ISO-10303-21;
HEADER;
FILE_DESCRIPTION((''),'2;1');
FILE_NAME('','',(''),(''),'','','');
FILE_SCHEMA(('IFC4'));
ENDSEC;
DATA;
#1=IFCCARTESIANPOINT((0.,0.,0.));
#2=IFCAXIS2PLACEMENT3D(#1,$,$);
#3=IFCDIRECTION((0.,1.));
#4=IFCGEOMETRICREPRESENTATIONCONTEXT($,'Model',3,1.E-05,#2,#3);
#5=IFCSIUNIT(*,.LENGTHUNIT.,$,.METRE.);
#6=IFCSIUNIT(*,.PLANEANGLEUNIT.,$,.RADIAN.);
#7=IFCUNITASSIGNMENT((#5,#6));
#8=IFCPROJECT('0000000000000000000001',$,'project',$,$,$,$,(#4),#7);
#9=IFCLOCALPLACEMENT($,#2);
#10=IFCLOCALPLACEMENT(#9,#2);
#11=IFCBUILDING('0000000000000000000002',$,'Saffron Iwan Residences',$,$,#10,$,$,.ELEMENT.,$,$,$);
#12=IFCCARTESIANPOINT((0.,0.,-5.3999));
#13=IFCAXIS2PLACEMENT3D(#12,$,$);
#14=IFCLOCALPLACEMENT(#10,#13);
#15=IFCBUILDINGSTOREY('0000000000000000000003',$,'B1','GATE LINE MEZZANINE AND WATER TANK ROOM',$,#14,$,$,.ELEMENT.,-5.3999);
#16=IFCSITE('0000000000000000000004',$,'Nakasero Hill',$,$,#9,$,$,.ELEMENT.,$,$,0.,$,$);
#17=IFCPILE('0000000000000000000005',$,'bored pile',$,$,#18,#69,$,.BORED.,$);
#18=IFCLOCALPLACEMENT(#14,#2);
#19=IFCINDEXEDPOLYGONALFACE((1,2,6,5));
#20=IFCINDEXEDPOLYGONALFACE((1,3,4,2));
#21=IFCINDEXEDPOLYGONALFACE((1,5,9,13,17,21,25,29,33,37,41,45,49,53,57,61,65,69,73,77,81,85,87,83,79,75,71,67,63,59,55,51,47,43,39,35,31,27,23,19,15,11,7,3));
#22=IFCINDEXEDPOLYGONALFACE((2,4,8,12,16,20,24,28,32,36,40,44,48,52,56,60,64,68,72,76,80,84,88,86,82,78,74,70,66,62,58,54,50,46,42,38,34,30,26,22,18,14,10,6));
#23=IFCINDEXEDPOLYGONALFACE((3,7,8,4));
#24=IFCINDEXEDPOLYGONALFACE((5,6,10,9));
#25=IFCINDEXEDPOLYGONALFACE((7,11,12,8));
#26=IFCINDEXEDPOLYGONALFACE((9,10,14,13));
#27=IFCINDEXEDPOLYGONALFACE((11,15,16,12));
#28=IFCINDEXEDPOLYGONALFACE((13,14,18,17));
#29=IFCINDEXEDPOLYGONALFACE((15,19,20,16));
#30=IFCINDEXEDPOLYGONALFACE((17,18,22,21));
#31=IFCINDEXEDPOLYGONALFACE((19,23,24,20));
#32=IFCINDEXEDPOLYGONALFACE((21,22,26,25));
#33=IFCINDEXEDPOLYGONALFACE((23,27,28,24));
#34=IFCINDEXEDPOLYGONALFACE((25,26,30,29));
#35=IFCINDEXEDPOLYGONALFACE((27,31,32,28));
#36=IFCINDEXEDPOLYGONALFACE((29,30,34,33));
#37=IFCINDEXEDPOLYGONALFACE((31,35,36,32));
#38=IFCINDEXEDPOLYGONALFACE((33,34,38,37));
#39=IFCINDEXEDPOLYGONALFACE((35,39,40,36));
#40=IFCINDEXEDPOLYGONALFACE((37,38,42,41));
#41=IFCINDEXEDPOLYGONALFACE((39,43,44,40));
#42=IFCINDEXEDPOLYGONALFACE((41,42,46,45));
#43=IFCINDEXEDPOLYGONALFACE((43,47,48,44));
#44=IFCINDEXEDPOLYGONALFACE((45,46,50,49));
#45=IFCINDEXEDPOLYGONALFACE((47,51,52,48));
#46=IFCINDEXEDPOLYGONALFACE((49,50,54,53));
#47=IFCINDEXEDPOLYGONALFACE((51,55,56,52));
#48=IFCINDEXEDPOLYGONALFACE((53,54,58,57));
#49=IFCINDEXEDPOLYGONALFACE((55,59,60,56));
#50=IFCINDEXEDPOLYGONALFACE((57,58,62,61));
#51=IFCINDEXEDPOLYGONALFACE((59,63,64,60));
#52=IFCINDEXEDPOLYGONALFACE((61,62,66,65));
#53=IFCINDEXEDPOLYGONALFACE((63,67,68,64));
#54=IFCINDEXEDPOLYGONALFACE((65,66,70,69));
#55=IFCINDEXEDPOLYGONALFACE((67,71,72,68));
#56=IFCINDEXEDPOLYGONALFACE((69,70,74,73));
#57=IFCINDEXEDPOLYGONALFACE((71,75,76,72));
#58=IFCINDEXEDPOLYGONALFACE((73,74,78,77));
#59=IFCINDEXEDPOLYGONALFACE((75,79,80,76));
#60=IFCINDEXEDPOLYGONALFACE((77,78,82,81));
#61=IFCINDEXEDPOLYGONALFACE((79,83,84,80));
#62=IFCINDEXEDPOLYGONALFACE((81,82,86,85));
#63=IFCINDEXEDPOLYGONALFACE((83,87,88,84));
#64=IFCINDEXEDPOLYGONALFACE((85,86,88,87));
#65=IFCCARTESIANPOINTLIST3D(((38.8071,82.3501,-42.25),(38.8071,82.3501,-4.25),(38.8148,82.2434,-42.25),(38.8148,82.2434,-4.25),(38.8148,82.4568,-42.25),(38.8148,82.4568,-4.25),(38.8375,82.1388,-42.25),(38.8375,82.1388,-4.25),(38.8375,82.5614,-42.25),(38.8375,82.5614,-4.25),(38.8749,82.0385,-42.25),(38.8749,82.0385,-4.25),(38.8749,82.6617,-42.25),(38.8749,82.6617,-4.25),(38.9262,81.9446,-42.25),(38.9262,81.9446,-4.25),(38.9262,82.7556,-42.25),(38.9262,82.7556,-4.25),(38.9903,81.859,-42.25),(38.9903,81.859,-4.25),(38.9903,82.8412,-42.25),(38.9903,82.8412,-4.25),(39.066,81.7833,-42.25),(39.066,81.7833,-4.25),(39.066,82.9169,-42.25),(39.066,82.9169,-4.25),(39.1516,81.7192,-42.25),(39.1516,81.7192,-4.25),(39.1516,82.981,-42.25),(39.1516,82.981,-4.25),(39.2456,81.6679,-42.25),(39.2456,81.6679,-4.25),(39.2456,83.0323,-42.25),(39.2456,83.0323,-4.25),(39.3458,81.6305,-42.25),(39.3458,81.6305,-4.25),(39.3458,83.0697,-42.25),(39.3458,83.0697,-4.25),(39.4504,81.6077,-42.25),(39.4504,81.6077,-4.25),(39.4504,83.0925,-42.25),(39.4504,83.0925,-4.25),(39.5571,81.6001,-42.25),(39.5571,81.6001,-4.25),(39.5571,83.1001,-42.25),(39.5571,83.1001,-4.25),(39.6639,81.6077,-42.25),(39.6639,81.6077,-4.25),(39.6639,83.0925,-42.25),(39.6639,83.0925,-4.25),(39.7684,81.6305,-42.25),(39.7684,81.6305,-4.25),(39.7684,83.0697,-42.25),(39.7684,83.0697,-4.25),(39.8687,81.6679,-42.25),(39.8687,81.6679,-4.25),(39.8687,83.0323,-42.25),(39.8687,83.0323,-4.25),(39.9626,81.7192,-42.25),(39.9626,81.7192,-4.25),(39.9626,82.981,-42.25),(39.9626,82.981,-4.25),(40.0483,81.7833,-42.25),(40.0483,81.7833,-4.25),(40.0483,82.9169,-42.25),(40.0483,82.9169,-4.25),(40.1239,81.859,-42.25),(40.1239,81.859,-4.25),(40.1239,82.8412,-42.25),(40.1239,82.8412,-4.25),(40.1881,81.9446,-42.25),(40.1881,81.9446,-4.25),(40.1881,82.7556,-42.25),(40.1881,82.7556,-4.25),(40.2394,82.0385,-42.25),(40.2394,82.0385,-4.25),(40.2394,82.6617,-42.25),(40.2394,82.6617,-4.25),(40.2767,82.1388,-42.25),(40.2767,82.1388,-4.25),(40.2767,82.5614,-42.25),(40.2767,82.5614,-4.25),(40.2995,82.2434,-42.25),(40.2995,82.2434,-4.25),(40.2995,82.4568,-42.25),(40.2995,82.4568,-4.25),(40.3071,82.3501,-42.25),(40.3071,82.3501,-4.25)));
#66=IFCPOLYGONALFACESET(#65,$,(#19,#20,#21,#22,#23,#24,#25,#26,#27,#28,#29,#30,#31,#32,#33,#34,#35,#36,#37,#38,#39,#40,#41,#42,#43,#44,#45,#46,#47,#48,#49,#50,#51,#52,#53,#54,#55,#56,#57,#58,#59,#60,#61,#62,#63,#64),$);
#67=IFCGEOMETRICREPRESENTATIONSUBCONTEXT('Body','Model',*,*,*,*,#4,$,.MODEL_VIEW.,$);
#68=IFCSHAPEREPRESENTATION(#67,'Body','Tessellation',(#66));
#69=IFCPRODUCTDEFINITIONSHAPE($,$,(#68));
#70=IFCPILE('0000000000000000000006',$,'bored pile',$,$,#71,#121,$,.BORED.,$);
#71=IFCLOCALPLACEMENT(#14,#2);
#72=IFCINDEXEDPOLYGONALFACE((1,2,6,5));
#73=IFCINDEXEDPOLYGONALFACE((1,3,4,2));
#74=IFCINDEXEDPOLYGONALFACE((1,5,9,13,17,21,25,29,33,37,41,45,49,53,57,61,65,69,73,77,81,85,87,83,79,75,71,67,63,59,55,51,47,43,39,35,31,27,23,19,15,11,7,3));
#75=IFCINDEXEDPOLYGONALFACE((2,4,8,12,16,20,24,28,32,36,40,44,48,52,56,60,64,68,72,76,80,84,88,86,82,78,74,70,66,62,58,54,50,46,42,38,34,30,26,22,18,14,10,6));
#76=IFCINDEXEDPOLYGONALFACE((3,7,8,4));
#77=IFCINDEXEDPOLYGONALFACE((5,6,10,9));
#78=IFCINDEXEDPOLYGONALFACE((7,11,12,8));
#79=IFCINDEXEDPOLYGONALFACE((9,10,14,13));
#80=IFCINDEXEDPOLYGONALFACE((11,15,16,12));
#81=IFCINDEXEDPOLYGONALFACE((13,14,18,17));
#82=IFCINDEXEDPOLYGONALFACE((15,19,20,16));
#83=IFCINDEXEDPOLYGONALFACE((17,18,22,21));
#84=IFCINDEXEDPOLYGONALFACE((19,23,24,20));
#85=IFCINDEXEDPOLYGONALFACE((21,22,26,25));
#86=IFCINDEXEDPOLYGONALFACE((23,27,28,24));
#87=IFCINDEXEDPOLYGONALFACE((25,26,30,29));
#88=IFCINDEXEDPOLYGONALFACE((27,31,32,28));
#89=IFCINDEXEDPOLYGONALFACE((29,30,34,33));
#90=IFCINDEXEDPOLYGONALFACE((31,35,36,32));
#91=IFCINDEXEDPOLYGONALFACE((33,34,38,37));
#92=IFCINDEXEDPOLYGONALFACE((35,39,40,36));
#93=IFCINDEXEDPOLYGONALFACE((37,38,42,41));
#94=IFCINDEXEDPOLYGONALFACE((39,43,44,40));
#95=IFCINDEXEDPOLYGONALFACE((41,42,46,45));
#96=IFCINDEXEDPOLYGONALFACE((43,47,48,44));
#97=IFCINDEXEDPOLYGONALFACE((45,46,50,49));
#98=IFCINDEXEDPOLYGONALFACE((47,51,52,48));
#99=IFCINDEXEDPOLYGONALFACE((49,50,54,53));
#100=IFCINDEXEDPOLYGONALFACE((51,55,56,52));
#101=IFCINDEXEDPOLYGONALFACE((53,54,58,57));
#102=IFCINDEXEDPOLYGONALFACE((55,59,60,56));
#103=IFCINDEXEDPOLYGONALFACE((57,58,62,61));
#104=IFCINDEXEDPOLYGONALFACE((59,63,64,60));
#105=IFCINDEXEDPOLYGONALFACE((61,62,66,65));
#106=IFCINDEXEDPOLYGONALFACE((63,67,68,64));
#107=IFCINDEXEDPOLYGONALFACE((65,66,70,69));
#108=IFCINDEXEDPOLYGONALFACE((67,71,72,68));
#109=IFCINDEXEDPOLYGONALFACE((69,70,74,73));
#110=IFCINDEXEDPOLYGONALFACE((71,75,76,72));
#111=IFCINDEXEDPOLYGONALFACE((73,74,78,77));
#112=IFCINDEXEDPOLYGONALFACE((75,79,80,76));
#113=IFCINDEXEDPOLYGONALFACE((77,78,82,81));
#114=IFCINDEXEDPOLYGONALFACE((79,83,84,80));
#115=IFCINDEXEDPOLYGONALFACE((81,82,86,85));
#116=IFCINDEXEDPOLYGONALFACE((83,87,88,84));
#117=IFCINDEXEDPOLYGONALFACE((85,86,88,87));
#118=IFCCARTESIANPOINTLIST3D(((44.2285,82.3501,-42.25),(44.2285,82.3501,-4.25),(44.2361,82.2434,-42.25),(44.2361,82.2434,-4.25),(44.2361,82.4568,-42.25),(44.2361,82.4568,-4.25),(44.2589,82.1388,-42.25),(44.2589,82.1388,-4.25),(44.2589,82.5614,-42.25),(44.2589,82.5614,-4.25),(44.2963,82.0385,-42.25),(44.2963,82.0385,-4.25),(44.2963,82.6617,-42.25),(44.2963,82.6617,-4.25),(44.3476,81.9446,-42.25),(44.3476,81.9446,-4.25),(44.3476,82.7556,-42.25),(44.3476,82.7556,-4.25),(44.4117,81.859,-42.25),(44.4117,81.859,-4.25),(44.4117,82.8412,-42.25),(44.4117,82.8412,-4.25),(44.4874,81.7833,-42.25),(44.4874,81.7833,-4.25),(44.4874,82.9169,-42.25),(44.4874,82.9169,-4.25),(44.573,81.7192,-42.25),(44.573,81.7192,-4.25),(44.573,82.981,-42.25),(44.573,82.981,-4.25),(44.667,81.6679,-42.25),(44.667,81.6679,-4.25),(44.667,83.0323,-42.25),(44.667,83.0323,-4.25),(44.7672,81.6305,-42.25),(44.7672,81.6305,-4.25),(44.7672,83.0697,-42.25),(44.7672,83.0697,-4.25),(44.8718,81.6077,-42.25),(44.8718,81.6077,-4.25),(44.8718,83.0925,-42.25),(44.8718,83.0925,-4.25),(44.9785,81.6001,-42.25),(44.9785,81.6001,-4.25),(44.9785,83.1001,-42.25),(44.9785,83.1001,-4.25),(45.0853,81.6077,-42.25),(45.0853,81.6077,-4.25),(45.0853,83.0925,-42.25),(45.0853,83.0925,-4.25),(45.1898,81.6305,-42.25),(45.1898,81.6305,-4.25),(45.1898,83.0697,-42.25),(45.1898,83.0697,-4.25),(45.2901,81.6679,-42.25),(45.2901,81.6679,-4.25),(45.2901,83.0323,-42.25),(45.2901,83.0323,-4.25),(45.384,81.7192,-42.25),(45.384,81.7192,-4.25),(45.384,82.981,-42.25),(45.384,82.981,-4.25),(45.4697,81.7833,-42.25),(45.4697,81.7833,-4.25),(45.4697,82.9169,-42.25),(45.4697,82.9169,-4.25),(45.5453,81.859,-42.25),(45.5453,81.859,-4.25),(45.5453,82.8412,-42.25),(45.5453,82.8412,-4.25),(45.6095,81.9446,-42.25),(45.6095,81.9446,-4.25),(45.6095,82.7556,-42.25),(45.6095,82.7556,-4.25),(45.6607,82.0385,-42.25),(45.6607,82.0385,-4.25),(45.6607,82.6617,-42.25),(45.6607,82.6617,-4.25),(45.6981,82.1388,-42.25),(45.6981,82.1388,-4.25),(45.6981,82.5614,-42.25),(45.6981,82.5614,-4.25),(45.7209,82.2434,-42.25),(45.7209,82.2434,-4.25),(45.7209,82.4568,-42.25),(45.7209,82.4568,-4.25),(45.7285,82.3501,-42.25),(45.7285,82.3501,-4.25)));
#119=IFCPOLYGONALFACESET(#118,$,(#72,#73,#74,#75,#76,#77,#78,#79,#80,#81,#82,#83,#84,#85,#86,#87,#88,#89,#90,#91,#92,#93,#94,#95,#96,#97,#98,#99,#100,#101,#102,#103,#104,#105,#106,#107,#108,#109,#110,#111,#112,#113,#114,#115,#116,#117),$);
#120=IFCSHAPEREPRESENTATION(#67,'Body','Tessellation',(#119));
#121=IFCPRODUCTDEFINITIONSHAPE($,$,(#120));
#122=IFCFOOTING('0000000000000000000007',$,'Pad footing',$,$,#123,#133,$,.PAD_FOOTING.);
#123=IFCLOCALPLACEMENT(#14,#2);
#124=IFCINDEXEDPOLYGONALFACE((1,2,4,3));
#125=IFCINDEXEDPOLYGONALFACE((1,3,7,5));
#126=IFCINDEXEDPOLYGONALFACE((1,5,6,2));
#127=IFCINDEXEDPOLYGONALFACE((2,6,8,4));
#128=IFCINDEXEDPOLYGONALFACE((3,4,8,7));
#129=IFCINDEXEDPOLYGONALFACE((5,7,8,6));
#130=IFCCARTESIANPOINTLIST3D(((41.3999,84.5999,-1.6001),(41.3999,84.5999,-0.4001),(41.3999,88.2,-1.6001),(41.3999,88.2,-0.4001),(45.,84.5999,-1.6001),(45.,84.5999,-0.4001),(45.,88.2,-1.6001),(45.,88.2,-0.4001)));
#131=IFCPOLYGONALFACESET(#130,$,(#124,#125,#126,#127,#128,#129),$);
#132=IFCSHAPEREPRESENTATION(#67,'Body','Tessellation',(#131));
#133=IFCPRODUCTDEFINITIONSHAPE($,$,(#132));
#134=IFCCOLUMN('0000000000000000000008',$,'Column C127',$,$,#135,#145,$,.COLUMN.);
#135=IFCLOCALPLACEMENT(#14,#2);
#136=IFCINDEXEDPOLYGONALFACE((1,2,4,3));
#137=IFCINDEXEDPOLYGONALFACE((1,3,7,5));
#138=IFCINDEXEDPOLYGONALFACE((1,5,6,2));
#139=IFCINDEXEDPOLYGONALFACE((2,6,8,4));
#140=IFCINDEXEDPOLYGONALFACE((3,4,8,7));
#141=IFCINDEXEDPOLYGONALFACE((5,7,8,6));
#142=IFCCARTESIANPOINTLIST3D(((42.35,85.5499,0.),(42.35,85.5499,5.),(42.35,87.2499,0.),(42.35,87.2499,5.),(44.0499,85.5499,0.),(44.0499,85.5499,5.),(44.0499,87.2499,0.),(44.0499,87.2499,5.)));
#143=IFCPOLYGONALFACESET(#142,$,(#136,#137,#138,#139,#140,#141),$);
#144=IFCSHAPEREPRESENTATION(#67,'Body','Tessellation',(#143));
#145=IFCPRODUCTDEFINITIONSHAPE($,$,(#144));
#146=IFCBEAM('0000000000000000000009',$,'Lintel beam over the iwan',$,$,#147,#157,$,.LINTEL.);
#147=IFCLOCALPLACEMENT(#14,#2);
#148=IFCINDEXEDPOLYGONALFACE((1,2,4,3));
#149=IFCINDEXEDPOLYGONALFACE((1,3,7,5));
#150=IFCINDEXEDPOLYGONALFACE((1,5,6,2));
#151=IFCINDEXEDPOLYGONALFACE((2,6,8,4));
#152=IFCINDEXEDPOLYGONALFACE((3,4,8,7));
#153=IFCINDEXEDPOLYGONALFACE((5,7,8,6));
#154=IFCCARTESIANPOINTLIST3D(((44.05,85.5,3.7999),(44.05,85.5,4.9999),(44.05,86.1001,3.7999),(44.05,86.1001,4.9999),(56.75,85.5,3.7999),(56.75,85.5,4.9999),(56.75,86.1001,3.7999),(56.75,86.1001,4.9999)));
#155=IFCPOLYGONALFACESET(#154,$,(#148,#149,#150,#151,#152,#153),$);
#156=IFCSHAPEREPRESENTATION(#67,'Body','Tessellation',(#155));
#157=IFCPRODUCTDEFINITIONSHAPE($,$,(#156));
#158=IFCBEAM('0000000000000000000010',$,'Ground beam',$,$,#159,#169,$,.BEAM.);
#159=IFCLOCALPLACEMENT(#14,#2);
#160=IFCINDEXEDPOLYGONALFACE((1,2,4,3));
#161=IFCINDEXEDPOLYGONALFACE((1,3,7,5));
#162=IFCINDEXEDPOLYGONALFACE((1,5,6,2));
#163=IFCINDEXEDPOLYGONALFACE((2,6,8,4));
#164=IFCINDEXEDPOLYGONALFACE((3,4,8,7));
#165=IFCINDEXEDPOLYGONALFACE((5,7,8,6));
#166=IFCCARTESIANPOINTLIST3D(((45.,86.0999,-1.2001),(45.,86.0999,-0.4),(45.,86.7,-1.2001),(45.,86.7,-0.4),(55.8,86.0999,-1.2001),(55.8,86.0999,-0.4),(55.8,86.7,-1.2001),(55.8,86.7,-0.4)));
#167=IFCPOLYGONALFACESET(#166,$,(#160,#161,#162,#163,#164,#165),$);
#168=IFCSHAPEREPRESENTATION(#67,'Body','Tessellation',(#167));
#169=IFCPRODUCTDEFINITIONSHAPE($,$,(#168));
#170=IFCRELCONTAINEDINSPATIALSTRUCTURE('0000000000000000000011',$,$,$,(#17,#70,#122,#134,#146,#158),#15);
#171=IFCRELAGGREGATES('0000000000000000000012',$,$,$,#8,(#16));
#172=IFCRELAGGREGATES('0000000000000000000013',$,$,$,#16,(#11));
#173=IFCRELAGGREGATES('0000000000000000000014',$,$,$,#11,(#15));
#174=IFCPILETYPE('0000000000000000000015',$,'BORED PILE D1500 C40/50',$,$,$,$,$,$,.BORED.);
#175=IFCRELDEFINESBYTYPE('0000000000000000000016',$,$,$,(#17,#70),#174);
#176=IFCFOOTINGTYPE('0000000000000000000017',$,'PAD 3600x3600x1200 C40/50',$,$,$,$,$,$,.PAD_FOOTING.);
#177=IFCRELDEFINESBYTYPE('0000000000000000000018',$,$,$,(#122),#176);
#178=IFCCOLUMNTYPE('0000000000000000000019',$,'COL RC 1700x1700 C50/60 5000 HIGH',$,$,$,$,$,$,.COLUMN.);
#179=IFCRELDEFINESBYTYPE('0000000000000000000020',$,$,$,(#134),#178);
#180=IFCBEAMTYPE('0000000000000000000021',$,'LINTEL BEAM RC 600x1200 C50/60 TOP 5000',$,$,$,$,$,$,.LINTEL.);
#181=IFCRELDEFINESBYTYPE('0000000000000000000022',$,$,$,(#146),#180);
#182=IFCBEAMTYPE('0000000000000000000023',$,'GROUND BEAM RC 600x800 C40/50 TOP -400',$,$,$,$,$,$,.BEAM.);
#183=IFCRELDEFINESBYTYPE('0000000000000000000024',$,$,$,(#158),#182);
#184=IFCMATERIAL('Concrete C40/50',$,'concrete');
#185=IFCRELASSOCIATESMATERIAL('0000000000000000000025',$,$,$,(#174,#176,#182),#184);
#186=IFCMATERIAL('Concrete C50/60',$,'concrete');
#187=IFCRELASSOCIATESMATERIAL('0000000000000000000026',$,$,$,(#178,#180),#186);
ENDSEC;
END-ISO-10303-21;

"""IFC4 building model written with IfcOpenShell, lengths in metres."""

from ifc_helpers import new_model, si_unit, direction, frame, origin, origin_2d, place, context, subcontext, project, spatial, rectangle, circle, extrude, source, transform, mapped, material, material_profile, profile_set, type_object, element, save


model = new_model("IFC4")

# Units and contexts
model_context = context("Model", 3, precision=1e-05, world=origin(), true_north=direction((0.0, 1.0)))
body_context = subcontext(model_context, "Body", "Model", "MODEL_VIEW")
ifc_project = project(units=[si_unit("LENGTHUNIT", "METRE"), si_unit("PLANEANGLEUNIT", "RADIAN")], contexts=[model_context])

# Site, building, storey
site_placement = place(None, origin())
site = spatial("IfcSite", under=ifc_project, at=site_placement, Name="Nakasero Hill", CompositionType="ELEMENT", RefElevation=0.0)
building_placement = place(site_placement, origin())
building = spatial("IfcBuilding", under=site, at=building_placement, Name="Saffron Iwan Residences", CompositionType="ELEMENT")
storey_placement = place(building_placement, frame((0.0, 0.0, -5.3999)))
storey = spatial("IfcBuildingStorey", under=building, at=storey_placement, Name="B1", Description="GATE LINE MEZZANINE AND WATER TANK ROOM", CompositionType="ELEMENT", Elevation=-5.3999)

# Piles
ifc_material_1 = material(Name="Concrete C40/50", Category="concrete")
ifc_material_profile_1 = material_profile(ifc_material_1, circle(Radius=0.75, at=origin_2d()), Name="RC D1500")
ifc_profile_set_1 = profile_set([ifc_material_profile_1], Name="Concrete C40/50")
pile_type = type_object("IfcPileType", Name="BORED PILE D1500 C40/50", PredefinedType="BORED", material=ifc_profile_set_1)
for number, where, z_axis, x_axis, name in (
    (1, (39.5571, 82.3501, -4.25), (0.0, 0.0, -1.0), (1.0, 0.0, 0.0), "bored pile"),
    (2, (44.9785, 82.3501, -4.25), (0.0, 0.0, -1.0), (1.0, 0.0, 0.0), "bored pile"),
):
    element("IfcPile", number, at=place(storey_placement, frame(where, z_axis=z_axis, x_axis=x_axis)), inside=storey, type_object=pile_type, Name=name, PredefinedType="BORED", context=body_context, shape_type="SweptSolid", body=[
        extrude(circle(Radius=0.75, at=origin_2d()), origin(), (0.0, 0.0, 1.0), 38.0),
    ])

# Footing
footing_type = type_object("IfcFootingType", Name="PAD 3600x3600x1200 C40/50", PredefinedType="PAD_FOOTING", material=ifc_material_1)
shared_shape_1 = source(origin(), body_context, "Body", "SweptSolid", [
    extrude(rectangle(XDim=3.6001, YDim=3.6001, at=origin_2d()), origin(), (0.0, 0.0, 1.0), 1.2),
])
footing_placement = place(storey_placement, frame((43.2, 86.3999, -1.6001), z_axis=(0.0, 0.0, 1.0), x_axis=(1.0, 0.0, 0.0)))
element("IfcFooting", 3, at=footing_placement, inside=storey, type_object=footing_type, Name="Pad footing", PredefinedType="PAD_FOOTING", context=body_context, shape_type="MappedRepresentation", body=[
    mapped(shared_shape_1, transform((0.0, 0.0, 0.0))),
])

# Column
ifc_material_2 = material(Name="Concrete C50/60", Category="concrete")
ifc_material_profile_2 = material_profile(ifc_material_2, rectangle(XDim=1.7, YDim=1.7, at=origin_2d()), Name="RC 1700x1700")
ifc_profile_set_2 = profile_set([ifc_material_profile_2], Name="Concrete C50/60")
column_type = type_object("IfcColumnType", Name="COL RC 1700x1700 C50/60 5000 HIGH", PredefinedType="COLUMN", material=ifc_profile_set_2)
shared_shape_2 = source(origin(), body_context, "Body", "SweptSolid", [
    extrude(rectangle(XDim=1.7, YDim=1.7, at=origin_2d()), origin(), (0.0, 0.0, 1.0), 5.0),
])
column_placement = place(storey_placement, frame((43.2, 86.3999, 0.0), z_axis=(0.0, 0.0, 1.0), x_axis=(1.0, 0.0, 0.0)))
element("IfcColumn", 4, at=column_placement, inside=storey, type_object=column_type, Name="Column C127", PredefinedType="COLUMN", context=body_context, shape_type="MappedRepresentation", body=[
    mapped(shared_shape_2, transform((0.0, 0.0, 0.0))),
])

# Beams
ifc_material_profile_3 = material_profile(ifc_material_2, rectangle(XDim=0.6001, YDim=1.2, at=origin_2d()), Name="RC 600x1200")
ifc_profile_set_3 = profile_set([ifc_material_profile_3], Name="Concrete C50/60")
beam_type_1 = type_object("IfcBeamType", Name="LINTEL BEAM RC 600x1200 C50/60 TOP 5000", PredefinedType="LINTEL", material=ifc_profile_set_3)
shared_shape_3 = source(origin(), body_context, "Body", "SweptSolid", [
    extrude(rectangle(XDim=0.6001, YDim=1.2, at=origin_2d()), origin(), (0.0, 0.0, 1.0), 12.7),
])
beam_1_placement = place(storey_placement, frame((44.05, 85.8, 4.3999), z_axis=(1.0, 0.0, 0.0), x_axis=(0.0, 1.0, 0.0)))
element("IfcBeam", 5, at=beam_1_placement, inside=storey, type_object=beam_type_1, Name="Lintel beam over the iwan", PredefinedType="LINTEL", context=body_context, shape_type="MappedRepresentation", body=[
    mapped(shared_shape_3, transform((0.0, 0.0, 0.0))),
])
ifc_material_profile_4 = material_profile(ifc_material_1, rectangle(XDim=0.6001, YDim=0.8, at=origin_2d()), Name="RC 600x800")
ifc_profile_set_4 = profile_set([ifc_material_profile_4], Name="Concrete C40/50")
beam_type_2 = type_object("IfcBeamType", Name="GROUND BEAM RC 600x800 C40/50 TOP -400", PredefinedType="BEAM", material=ifc_profile_set_4)
shared_shape_4 = source(origin(), body_context, "Body", "SweptSolid", [
    extrude(rectangle(XDim=0.6001, YDim=0.8, at=origin_2d()), origin(), (0.0, 0.0, 1.0), 10.8),
])
beam_2_placement = place(storey_placement, frame((45.0, 86.3999, -0.8), z_axis=(1.0, 0.0, 0.0), x_axis=(0.0, 1.0, 0.0)))
element("IfcBeam", 6, at=beam_2_placement, inside=storey, type_object=beam_type_2, Name="Ground beam", PredefinedType="BEAM", context=body_context, shape_type="MappedRepresentation", body=[
    mapped(shared_shape_4, transform((0.0, 0.0, 0.0))),
])

save(model, "model.ifc")
